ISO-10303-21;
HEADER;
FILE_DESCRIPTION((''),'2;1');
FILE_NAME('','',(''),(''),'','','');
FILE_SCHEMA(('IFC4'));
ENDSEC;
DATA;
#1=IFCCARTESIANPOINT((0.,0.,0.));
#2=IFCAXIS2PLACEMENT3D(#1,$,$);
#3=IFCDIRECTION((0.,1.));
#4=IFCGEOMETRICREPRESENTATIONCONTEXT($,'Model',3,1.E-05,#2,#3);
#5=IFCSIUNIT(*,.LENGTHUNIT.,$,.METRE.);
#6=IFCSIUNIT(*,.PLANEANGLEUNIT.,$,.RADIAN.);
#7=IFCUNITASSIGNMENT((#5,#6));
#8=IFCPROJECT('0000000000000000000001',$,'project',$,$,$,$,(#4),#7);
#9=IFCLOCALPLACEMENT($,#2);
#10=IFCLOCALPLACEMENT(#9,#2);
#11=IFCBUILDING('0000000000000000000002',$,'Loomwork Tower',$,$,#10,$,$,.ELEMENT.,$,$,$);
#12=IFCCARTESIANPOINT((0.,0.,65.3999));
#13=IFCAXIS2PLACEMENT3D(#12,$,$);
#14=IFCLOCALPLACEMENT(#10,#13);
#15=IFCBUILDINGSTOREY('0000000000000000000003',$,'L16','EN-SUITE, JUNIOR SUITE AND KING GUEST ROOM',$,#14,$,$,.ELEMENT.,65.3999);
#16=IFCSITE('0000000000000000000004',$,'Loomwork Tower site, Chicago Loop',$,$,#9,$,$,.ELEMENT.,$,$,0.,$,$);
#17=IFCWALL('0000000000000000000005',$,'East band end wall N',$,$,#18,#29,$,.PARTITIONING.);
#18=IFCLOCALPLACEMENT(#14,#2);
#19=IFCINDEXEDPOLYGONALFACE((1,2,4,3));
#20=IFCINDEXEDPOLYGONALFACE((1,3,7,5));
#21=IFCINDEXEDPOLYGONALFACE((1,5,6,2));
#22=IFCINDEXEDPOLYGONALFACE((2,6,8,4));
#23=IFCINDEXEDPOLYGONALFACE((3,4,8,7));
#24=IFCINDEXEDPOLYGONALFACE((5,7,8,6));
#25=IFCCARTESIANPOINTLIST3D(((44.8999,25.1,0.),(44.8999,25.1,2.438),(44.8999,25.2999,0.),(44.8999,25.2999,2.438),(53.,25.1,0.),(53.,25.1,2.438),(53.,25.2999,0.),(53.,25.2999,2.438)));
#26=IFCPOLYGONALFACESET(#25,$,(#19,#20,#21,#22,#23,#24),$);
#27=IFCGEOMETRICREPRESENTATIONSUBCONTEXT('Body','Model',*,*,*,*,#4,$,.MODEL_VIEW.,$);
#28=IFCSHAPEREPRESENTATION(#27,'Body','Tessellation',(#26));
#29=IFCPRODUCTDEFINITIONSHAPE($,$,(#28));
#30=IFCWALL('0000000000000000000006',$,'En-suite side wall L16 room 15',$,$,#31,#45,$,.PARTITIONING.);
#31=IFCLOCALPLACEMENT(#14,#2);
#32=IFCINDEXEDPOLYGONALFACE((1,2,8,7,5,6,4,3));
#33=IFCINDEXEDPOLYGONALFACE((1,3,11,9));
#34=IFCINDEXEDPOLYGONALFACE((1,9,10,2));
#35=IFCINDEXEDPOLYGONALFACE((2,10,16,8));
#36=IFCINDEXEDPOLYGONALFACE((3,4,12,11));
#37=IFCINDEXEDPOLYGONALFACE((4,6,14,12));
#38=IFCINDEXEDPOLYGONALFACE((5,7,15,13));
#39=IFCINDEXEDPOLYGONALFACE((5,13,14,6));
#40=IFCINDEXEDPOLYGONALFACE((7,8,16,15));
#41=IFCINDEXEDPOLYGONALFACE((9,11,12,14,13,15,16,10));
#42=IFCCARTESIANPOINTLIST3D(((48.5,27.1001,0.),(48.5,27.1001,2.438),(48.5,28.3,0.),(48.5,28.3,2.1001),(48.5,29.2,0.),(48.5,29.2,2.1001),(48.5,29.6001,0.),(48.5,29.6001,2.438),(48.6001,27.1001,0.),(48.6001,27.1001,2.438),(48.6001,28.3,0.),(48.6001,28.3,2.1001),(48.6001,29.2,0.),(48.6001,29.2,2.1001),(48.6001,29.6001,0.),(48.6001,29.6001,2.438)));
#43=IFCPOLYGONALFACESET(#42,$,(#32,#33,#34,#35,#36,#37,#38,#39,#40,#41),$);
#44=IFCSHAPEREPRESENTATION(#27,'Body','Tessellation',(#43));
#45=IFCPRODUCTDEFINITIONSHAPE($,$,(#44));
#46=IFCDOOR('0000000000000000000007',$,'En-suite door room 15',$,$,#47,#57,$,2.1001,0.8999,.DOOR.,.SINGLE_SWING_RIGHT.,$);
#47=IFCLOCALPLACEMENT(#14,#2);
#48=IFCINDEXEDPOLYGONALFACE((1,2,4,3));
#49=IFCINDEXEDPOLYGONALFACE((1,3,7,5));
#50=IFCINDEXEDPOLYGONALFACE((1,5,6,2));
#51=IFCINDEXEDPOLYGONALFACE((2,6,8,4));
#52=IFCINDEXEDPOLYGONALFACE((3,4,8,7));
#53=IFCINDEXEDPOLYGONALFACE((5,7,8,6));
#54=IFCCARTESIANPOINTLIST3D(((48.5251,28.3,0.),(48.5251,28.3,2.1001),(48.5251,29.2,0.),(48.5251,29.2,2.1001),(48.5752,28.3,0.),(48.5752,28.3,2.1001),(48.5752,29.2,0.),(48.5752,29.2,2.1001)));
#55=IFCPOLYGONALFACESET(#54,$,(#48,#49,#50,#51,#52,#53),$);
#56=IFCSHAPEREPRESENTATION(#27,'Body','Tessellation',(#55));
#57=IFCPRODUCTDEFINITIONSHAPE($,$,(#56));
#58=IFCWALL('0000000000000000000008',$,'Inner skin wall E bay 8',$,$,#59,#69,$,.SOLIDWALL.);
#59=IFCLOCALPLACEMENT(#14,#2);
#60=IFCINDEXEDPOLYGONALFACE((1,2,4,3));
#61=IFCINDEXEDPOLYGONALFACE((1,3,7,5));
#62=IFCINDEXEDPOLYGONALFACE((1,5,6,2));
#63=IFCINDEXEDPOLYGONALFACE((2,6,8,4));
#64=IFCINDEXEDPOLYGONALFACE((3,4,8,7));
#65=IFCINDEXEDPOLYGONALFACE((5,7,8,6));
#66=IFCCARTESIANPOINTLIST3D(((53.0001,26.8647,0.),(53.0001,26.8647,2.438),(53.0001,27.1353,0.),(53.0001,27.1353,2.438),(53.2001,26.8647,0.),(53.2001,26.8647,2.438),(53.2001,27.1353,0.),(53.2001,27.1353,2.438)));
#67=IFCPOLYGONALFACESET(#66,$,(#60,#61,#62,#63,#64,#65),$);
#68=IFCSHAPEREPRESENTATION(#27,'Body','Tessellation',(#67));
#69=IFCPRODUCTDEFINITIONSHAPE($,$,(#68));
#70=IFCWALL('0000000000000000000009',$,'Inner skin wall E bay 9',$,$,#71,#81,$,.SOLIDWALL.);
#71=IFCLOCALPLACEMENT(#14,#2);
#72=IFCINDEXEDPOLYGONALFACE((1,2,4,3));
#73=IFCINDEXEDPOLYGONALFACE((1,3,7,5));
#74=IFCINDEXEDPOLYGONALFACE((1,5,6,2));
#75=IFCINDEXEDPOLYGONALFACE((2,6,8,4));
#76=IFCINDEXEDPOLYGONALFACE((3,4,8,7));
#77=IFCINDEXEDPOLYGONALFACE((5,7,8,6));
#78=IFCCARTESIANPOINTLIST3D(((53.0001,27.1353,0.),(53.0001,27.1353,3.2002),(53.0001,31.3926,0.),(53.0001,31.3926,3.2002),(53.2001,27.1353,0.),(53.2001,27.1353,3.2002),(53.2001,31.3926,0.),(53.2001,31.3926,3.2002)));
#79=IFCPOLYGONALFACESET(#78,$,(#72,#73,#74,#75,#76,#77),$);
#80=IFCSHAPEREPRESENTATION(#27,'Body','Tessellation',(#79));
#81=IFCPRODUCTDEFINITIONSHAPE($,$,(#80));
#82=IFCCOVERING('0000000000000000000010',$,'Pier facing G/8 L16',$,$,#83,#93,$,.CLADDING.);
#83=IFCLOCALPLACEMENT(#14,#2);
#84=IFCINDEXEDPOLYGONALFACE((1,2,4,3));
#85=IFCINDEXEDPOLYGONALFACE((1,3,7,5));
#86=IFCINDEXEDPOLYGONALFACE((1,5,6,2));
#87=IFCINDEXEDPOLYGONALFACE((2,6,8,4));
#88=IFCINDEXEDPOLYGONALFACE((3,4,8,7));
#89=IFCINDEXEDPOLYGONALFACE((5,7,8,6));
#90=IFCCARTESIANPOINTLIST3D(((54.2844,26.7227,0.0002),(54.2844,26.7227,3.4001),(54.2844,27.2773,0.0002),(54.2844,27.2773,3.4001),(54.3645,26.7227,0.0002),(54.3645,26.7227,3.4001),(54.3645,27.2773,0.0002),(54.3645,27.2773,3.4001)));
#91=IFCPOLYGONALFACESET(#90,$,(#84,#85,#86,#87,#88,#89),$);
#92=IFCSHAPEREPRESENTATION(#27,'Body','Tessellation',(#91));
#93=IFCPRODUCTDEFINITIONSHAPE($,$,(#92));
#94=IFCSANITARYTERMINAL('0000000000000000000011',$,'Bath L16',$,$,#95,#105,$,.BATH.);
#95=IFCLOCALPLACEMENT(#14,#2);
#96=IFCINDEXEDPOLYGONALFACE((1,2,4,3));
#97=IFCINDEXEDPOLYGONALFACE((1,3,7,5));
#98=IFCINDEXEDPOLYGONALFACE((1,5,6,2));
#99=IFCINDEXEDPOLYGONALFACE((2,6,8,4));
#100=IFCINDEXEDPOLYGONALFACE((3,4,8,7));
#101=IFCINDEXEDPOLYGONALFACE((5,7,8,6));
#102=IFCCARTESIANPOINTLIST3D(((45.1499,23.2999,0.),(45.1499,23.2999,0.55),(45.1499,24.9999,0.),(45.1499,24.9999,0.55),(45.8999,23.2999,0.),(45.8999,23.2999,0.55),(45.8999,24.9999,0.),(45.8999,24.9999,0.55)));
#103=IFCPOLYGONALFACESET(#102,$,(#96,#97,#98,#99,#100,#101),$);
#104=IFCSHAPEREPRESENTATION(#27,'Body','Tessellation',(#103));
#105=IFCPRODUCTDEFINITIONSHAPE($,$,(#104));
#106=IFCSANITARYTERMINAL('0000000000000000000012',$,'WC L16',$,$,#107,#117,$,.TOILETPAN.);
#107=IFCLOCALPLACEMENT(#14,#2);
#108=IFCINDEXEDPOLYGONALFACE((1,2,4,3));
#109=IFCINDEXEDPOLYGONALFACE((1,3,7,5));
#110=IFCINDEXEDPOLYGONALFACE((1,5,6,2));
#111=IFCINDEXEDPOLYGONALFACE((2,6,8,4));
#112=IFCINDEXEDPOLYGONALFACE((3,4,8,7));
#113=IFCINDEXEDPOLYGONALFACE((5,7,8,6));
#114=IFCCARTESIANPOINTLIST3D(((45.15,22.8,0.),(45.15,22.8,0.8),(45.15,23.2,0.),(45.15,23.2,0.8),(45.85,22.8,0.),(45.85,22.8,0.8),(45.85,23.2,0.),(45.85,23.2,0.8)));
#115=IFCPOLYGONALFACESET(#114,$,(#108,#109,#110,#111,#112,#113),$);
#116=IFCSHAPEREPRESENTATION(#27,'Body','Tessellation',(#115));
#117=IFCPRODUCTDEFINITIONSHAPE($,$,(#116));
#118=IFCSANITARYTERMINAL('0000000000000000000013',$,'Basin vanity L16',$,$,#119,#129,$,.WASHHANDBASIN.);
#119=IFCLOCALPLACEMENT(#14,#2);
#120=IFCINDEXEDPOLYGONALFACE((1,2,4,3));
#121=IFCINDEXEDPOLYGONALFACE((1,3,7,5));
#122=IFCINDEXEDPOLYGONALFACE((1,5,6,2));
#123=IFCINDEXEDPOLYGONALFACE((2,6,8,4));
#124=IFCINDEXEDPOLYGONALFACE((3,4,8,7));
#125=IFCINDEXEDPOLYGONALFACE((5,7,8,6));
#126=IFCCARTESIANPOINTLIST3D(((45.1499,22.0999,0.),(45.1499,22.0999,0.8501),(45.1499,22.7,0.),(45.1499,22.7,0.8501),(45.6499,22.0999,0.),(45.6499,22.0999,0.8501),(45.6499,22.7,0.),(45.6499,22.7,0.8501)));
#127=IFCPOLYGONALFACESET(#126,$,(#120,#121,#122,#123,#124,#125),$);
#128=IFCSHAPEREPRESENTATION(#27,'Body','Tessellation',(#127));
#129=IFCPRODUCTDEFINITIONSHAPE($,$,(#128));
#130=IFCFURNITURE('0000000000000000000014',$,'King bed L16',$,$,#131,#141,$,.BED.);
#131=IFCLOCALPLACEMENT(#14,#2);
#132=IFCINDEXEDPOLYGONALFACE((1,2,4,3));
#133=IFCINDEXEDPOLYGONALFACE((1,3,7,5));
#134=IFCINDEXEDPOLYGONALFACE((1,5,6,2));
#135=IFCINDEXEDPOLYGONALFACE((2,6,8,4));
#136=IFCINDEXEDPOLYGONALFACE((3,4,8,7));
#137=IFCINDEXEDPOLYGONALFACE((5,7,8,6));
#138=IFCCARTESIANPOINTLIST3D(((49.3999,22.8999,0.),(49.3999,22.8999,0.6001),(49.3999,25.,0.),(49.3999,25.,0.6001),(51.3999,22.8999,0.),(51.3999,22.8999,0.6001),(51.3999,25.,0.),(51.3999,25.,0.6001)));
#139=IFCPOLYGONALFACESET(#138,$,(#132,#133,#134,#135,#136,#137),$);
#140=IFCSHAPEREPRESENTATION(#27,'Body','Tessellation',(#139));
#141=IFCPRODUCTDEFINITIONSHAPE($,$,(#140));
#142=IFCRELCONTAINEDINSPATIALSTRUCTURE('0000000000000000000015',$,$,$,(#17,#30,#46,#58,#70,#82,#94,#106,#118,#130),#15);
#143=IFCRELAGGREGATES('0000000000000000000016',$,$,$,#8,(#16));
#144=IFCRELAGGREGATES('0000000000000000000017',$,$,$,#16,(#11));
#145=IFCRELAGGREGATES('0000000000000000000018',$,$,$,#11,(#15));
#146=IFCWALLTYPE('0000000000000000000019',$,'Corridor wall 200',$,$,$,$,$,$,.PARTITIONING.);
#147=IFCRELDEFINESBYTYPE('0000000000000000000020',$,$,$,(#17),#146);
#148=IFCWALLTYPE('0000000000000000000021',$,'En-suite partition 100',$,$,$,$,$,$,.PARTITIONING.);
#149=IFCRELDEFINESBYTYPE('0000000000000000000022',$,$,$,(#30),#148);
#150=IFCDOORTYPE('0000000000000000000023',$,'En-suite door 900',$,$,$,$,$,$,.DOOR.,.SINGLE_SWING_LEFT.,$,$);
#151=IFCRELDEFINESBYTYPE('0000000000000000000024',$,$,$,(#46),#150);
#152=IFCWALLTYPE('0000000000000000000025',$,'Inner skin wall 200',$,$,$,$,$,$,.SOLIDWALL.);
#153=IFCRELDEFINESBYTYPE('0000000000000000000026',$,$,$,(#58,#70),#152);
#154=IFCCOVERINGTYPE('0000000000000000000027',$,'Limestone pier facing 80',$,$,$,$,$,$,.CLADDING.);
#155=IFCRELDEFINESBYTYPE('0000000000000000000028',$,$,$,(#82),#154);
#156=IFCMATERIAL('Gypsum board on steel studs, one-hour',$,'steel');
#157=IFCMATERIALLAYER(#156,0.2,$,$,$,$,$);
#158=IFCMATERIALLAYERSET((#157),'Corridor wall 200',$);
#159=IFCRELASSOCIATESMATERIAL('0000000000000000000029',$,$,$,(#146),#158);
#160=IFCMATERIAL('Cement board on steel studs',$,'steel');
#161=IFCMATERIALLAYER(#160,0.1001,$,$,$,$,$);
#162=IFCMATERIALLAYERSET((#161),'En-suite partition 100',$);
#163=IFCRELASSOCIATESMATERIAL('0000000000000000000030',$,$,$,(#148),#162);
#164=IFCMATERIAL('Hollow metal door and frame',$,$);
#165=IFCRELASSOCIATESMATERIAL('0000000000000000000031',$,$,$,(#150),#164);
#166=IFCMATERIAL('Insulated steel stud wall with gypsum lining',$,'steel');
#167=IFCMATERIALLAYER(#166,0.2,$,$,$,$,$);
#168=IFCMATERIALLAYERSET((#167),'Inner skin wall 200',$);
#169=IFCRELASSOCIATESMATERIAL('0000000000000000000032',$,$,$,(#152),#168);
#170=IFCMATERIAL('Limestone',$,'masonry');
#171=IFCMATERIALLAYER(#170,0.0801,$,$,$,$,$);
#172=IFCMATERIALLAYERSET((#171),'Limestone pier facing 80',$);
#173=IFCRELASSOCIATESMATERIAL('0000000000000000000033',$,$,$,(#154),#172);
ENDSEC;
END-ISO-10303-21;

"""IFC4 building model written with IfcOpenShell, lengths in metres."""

from ifc_helpers import new_model, si_unit, direction, frame, frame_2d, origin, origin_2d, place, context, subcontext, project, spatial, rectangle, extrude, material, layer, layer_set, type_object, element, fill, save


model = new_model("IFC4")

# Units and contexts
model_context = context("Model", 3, precision=1e-05, world=origin(), true_north=direction((0.0, 1.0)))
body_context = subcontext(model_context, "Body", "Model", "MODEL_VIEW")
ifc_project = project(units=[si_unit("LENGTHUNIT", "METRE"), si_unit("PLANEANGLEUNIT", "RADIAN")], contexts=[model_context])

# Site, building, storey
site_placement = place(None, origin())
site = spatial("IfcSite", under=ifc_project, at=site_placement, Name="Loomwork Tower site, Chicago Loop", CompositionType="ELEMENT", RefElevation=0.0)
building_placement = place(site_placement, origin())
building = spatial("IfcBuilding", under=site, at=building_placement, Name="Loomwork Tower", CompositionType="ELEMENT")
storey_placement = place(building_placement, frame((0.0, 0.0, 65.3999)))
storey = spatial("IfcBuildingStorey", under=building, at=storey_placement, Name="L16", Description="EN-SUITE, JUNIOR SUITE AND KING GUEST ROOM", CompositionType="ELEMENT", Elevation=65.3999)

# Shared definitions
ifc_material_1 = material(Name="Gypsum board on steel studs, one-hour", Category="steel")
ifc_layer_1 = layer(ifc_material_1, 0.2)
ifc_layer_set_1 = layer_set([ifc_layer_1], Name="Corridor wall 200")
wall_type_1 = type_object("IfcWallType", Name="Corridor wall 200", PredefinedType="PARTITIONING", material=ifc_layer_set_1)

# Wall
wall_1_placement = place(storey_placement, frame((44.8999, 25.2, 0.0), z_axis=(0.0, 0.0, 1.0), x_axis=(1.0, 0.0, 0.0)))
element("IfcWall", 1, at=wall_1_placement, inside=storey, type_object=wall_type_1, Name="East band end wall N", PredefinedType="PARTITIONING", context=body_context, shape_type="SweptSolid", body=[
    extrude(rectangle(XDim=8.1001, YDim=0.2, at=frame_2d((4.05, 0.0))), origin(), (0.0, 0.0, 1.0), 2.438),
])

# Wall, opening, door
ifc_material_2 = material(Name="Cement board on steel studs", Category="steel")
ifc_layer_2 = layer(ifc_material_2, 0.1001)
ifc_layer_set_2 = layer_set([ifc_layer_2], Name="En-suite partition 100")
wall_type_2 = type_object("IfcWallType", Name="En-suite partition 100", PredefinedType="PARTITIONING", material=ifc_layer_set_2)
wall_2_placement = place(storey_placement, frame((48.55, 27.1001, 0.0), z_axis=(0.0, 0.0, 1.0), x_axis=(0.0, 1.0, 0.0)))
wall_2 = element("IfcWall", 2, at=wall_2_placement, inside=storey, type_object=wall_type_2, Name="En-suite side wall L16 room 15", PredefinedType="PARTITIONING", context=body_context, shape_type="SweptSolid", body=[
    extrude(rectangle(XDim=2.5, YDim=0.1001, at=frame_2d((1.25, 0.0))), origin(), (0.0, 0.0, 1.0), 2.438),
])
opening_1_placement = place(wall_2_placement, frame((1.2, 0.0, 0.0)))
opening_1 = element("IfcOpeningElement", 3, at=opening_1_placement, cuts=wall_2, PredefinedType="OPENING", context=body_context, shape_type="SweptSolid", body=[
    extrude(rectangle(XDim=0.8999, YDim=2.1001, at=frame_2d((0.45, 1.05))), frame((0.0, 0.0601, 0.0), z_axis=(0.0, -1.0, 0.0), x_axis=(1.0, 0.0, 0.0)), (0.0, 0.0, 1.0), 0.1201),
])
ifc_material_3 = material(Name="Hollow metal door and frame")
door_type_1 = type_object("IfcDoorType", Name="En-suite door 900", OperationType="SINGLE_SWING_LEFT", PredefinedType="DOOR", material=ifc_material_3)
door_1_placement = place(opening_1_placement, origin())
door_1 = element("IfcDoor", 4, at=door_1_placement, inside=storey, type_object=door_type_1, Name="En-suite door room 15", OperationType="SINGLE_SWING_RIGHT", OverallHeight=2.1001, OverallWidth=0.8999, PredefinedType="DOOR", context=body_context, shape_type="SweptSolid", body=[
    extrude(rectangle(XDim=0.8999, YDim=2.1001, at=frame_2d((0.45, 1.05))), frame((0.0, 0.0249, 0.0), z_axis=(0.0, -1.0, 0.0), x_axis=(1.0, 0.0, 0.0)), (0.0, 0.0, 1.0), 0.05),
])
fill(opening_1, door_1)

# Walls
ifc_material_4 = material(Name="Insulated steel stud wall with gypsum lining", Category="steel")
ifc_layer_3 = layer(ifc_material_4, 0.2)
ifc_layer_set_3 = layer_set([ifc_layer_3], Name="Inner skin wall 200")
wall_type_3 = type_object("IfcWallType", Name="Inner skin wall 200", PredefinedType="SOLIDWALL", material=ifc_layer_set_3)
wall_3_placement = place(storey_placement, frame((53.1001, 26.8647, 0.0), z_axis=(0.0, 0.0, 1.0), x_axis=(0.0, 1.0, 0.0)))
element("IfcWall", 5, at=wall_3_placement, inside=storey, type_object=wall_type_3, Name="Inner skin wall E bay 8", PredefinedType="SOLIDWALL", context=body_context, shape_type="SweptSolid", body=[
    extrude(rectangle(XDim=0.2705, YDim=0.2, at=frame_2d((0.1353, 0.0))), origin(), (0.0, 0.0, 1.0), 2.438),
])
wall_4_placement = place(storey_placement, frame((53.1001, 27.1353, 0.0), z_axis=(0.0, 0.0, 1.0), x_axis=(0.0, 1.0, 0.0)))
element("IfcWall", 6, at=wall_4_placement, inside=storey, type_object=wall_type_3, Name="Inner skin wall E bay 9", PredefinedType="SOLIDWALL", context=body_context, shape_type="SweptSolid", body=[
    extrude(rectangle(XDim=4.2573, YDim=0.2, at=frame_2d((2.1287, 0.0))), origin(), (0.0, 0.0, 1.0), 3.2002),
])

# Covering
ifc_material_5 = material(Name="Limestone", Category="masonry")
ifc_layer_4 = layer(ifc_material_5, 0.0801)
ifc_layer_set_4 = layer_set([ifc_layer_4], Name="Limestone pier facing 80")
covering_type = type_object("IfcCoveringType", Name="Limestone pier facing 80", PredefinedType="CLADDING", material=ifc_layer_set_4)
covering_placement = place(storey_placement, frame((54.3245, 27.0, 0.0002), z_axis=(0.0, 0.0, 1.0), x_axis=(1.0, 0.0, 0.0)))
element("IfcCovering", 7, at=covering_placement, inside=storey, type_object=covering_type, Name="Pier facing G/8 L16", PredefinedType="CLADDING", context=body_context, shape_type="SweptSolid", body=[
    extrude(rectangle(XDim=0.0801, YDim=0.5547, at=origin_2d()), origin(), (0.0, 0.0, 1.0), 3.3999),
])

# Sanitary terminals
sanitary_terminal_1_placement = place(storey_placement, frame((45.5249, 24.1499, 0.0), z_axis=(0.0, 0.0, 1.0), x_axis=(1.0, 0.0, 0.0)))
element("IfcSanitaryTerminal", 8, at=sanitary_terminal_1_placement, inside=storey, Name="Bath L16", PredefinedType="BATH", context=body_context, shape_type="SweptSolid", body=[
    extrude(rectangle(XDim=0.75, YDim=1.7, at=origin_2d()), origin(), (0.0, 0.0, 1.0), 0.55),
])
sanitary_terminal_2_placement = place(storey_placement, frame((45.5, 23.0, 0.0), z_axis=(0.0, 0.0, 1.0), x_axis=(1.0, 0.0, 0.0)))
element("IfcSanitaryTerminal", 9, at=sanitary_terminal_2_placement, inside=storey, Name="WC L16", PredefinedType="TOILETPAN", context=body_context, shape_type="SweptSolid", body=[
    extrude(rectangle(XDim=0.7, YDim=0.3999, at=origin_2d()), origin(), (0.0, 0.0, 1.0), 0.8),
])
sanitary_terminal_3_placement = place(storey_placement, frame((45.3999, 22.3999, 0.0), z_axis=(0.0, 0.0, 1.0), x_axis=(1.0, 0.0, 0.0)))
element("IfcSanitaryTerminal", 10, at=sanitary_terminal_3_placement, inside=storey, Name="Basin vanity L16", PredefinedType="WASHHANDBASIN", context=body_context, shape_type="SweptSolid", body=[
    extrude(rectangle(XDim=0.5, YDim=0.6001, at=origin_2d()), origin(), (0.0, 0.0, 1.0), 0.8501),
])

# Furniture
furniture_placement = place(storey_placement, frame((50.3999, 23.95, 0.0), z_axis=(0.0, 0.0, 1.0), x_axis=(1.0, 0.0, 0.0)))
element("IfcFurniture", 11, at=furniture_placement, inside=storey, Name="King bed L16", PredefinedType="BED", context=body_context, shape_type="SweptSolid", body=[
    extrude(rectangle(XDim=2.0, YDim=2.1001, at=origin_2d()), origin(), (0.0, 0.0, 1.0), 0.6001),
])

save(model, "model.ifc")
